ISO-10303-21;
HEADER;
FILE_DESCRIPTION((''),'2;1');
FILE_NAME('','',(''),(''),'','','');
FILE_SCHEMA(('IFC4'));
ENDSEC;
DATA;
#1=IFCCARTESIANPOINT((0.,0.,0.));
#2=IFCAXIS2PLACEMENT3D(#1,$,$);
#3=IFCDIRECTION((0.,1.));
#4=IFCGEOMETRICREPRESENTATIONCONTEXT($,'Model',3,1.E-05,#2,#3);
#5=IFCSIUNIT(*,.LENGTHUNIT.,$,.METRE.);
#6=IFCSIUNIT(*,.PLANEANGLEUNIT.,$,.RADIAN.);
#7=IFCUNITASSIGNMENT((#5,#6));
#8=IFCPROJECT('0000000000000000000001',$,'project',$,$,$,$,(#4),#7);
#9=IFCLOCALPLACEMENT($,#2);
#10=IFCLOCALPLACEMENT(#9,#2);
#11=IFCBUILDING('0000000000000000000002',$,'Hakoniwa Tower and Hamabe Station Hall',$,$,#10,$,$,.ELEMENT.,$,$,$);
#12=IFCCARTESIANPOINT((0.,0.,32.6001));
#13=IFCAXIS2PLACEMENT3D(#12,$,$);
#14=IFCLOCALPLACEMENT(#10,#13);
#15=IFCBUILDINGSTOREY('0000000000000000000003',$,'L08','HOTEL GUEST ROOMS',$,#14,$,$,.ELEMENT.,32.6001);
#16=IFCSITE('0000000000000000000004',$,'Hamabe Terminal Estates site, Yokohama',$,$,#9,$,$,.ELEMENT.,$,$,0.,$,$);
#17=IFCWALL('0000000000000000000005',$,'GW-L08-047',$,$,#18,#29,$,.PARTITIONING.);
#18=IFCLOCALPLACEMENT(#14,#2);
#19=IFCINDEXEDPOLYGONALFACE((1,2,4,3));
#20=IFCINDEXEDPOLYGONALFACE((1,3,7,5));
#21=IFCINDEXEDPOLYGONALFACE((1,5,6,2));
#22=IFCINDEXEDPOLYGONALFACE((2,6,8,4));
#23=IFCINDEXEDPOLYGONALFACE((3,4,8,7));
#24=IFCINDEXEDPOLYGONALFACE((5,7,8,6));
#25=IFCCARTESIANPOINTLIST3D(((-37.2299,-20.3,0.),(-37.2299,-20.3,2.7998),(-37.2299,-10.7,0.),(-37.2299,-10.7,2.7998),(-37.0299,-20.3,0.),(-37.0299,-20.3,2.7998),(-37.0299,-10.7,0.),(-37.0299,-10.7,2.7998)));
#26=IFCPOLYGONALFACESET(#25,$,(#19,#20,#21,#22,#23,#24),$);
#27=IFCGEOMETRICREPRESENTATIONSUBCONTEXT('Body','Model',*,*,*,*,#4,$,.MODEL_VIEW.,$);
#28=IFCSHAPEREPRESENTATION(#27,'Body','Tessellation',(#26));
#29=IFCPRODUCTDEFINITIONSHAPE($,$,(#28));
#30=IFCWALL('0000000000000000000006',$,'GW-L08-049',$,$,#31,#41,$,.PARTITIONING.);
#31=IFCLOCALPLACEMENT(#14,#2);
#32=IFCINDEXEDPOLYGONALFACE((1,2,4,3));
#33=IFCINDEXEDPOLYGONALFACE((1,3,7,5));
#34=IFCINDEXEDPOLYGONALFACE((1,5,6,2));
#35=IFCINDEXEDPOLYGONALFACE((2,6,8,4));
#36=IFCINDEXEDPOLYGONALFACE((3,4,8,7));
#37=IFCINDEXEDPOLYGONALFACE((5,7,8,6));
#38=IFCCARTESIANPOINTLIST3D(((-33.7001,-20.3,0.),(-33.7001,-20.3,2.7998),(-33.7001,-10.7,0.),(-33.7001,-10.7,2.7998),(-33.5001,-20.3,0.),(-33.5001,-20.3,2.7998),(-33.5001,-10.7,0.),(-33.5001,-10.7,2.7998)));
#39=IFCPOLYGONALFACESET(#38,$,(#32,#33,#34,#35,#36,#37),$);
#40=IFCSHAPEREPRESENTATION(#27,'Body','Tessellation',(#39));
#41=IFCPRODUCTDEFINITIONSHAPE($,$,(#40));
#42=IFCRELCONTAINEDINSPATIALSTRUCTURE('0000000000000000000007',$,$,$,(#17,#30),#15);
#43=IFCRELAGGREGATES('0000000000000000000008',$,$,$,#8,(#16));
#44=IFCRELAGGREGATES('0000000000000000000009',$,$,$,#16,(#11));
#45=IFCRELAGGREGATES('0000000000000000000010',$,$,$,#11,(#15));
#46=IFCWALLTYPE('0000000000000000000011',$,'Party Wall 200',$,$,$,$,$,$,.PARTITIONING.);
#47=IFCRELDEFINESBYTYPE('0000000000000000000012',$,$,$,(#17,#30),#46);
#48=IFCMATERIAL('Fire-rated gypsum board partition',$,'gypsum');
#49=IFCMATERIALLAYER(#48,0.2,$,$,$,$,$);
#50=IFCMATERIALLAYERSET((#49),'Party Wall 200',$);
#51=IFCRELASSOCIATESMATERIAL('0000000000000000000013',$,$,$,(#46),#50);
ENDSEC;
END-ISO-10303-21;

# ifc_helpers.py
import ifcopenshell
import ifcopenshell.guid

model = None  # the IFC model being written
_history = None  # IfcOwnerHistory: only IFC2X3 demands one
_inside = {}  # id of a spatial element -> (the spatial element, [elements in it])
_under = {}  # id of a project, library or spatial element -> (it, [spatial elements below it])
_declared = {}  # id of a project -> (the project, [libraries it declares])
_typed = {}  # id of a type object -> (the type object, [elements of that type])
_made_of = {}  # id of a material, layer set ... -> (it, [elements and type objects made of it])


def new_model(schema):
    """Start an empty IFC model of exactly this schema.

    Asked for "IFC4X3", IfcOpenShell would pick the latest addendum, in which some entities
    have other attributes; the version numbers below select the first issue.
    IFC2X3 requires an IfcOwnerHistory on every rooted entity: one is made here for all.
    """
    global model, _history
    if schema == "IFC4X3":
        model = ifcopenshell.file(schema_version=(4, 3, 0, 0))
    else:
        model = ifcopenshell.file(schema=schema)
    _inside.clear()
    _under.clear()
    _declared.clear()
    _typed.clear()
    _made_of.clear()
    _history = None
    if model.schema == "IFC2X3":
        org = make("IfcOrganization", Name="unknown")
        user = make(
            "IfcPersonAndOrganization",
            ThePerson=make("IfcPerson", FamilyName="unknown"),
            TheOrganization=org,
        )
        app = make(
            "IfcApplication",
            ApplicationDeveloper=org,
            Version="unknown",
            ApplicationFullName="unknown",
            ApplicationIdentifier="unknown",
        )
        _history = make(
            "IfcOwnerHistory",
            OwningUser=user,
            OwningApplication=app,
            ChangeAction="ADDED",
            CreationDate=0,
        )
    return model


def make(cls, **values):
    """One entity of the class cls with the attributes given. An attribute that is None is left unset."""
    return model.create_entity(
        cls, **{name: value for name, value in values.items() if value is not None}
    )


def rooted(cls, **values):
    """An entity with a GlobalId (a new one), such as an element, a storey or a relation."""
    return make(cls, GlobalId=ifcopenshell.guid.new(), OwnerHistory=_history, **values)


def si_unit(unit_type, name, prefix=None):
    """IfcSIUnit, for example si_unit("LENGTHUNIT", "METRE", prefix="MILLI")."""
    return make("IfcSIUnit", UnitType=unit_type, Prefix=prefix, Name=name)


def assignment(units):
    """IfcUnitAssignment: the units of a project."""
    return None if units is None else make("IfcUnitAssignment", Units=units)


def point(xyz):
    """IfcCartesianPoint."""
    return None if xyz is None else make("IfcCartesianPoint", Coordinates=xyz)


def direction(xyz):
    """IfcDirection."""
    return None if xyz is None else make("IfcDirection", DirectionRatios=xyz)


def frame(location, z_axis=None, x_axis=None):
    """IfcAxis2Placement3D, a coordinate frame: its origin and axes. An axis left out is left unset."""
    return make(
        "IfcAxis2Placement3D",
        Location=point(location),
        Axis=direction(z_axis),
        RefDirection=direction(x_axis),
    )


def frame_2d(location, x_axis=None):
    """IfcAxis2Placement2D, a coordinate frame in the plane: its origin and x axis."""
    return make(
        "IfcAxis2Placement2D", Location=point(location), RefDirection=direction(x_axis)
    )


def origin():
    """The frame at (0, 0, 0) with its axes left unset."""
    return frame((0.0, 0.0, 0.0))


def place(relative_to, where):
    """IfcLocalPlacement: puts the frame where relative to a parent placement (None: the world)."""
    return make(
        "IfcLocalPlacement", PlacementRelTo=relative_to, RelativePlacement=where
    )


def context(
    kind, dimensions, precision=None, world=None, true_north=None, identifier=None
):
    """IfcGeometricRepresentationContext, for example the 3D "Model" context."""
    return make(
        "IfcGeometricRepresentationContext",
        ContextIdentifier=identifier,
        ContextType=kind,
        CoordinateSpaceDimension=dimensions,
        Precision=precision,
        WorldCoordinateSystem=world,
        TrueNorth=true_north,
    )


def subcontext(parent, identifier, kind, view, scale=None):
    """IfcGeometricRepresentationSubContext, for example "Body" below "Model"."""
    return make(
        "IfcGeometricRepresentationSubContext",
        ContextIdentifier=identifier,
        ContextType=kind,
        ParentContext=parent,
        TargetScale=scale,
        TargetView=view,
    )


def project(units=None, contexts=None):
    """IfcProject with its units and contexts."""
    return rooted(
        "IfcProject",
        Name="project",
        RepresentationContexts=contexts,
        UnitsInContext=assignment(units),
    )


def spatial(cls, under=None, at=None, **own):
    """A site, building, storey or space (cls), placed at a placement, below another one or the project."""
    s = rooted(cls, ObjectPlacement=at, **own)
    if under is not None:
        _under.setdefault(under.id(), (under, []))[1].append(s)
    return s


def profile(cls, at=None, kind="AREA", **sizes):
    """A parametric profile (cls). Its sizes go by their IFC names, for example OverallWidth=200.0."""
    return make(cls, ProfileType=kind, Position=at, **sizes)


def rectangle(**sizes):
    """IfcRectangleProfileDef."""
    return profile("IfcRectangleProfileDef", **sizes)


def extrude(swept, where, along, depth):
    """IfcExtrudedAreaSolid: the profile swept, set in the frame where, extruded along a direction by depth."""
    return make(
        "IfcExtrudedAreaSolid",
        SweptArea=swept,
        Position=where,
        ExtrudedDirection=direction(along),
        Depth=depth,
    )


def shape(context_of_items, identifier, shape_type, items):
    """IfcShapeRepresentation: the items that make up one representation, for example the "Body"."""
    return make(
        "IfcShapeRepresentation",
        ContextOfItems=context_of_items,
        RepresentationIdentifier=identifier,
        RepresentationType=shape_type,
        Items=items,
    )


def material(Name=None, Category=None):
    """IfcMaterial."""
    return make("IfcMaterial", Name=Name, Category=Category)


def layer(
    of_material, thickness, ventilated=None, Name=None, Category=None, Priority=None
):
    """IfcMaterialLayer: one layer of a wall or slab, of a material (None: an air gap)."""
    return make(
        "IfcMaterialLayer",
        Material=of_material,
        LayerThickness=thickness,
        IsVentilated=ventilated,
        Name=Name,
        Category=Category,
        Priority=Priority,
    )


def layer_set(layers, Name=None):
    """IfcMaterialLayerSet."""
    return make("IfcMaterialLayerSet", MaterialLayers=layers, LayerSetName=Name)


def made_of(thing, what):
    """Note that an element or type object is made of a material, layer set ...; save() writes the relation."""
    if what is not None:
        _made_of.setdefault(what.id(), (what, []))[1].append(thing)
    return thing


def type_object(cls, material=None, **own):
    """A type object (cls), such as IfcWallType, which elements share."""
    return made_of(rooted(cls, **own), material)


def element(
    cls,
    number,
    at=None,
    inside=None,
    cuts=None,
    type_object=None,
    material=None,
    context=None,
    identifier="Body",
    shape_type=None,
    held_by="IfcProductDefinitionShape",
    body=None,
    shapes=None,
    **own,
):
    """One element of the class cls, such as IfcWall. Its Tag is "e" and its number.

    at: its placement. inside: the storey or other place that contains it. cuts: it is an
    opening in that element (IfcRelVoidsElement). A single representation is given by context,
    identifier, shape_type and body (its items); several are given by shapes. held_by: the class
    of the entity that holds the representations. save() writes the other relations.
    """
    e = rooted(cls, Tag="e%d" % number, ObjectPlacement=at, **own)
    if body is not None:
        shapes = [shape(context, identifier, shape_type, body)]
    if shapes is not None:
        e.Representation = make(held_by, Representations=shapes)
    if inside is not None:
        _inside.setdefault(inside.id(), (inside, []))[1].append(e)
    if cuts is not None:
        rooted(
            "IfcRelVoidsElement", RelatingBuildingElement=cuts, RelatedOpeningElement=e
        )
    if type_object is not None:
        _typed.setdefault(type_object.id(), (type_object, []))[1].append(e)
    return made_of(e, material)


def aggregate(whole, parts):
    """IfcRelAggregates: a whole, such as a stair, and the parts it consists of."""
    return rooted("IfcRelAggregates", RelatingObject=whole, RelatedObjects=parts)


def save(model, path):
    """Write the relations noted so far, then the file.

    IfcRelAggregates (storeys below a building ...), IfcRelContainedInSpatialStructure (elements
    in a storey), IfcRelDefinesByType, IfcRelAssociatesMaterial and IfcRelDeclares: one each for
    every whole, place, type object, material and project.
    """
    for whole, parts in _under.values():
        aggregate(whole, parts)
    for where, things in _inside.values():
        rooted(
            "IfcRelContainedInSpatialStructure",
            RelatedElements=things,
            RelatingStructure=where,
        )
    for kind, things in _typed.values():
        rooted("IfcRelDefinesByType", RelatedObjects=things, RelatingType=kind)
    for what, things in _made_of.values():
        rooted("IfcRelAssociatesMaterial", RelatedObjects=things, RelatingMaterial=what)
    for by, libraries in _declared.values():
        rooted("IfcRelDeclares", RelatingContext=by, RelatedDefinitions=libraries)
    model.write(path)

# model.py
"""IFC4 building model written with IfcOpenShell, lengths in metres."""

from ifc_helpers import new_model, si_unit, direction, frame, frame_2d, origin, place, context, subcontext, project, spatial, rectangle, extrude, material, layer, layer_set, type_object, element, save


model = new_model("IFC4")

# Units and contexts
model_context = context("Model", 3, precision=1e-05, world=origin(), true_north=direction((0.0, 1.0)))
body_context = subcontext(model_context, "Body", "Model", "MODEL_VIEW")
ifc_project = project(units=[si_unit("LENGTHUNIT", "METRE"), si_unit("PLANEANGLEUNIT", "RADIAN")], contexts=[model_context])

# Site, building, storey
site_placement = place(None, origin())
site = spatial("IfcSite", under=ifc_project, at=site_placement, Name="Hamabe Terminal Estates site, Yokohama", CompositionType="ELEMENT", RefElevation=0.0)
building_placement = place(site_placement, origin())
building = spatial("IfcBuilding", under=site, at=building_placement, Name="Hakoniwa Tower and Hamabe Station Hall", CompositionType="ELEMENT")
storey_placement = place(building_placement, frame((0.0, 0.0, 32.6001)))
storey = spatial("IfcBuildingStorey", under=building, at=storey_placement, Name="L08", Description="HOTEL GUEST ROOMS", CompositionType="ELEMENT", Elevation=32.6001)

# Walls
ifc_material_1 = material(Name="Fire-rated gypsum board partition", Category="gypsum")
ifc_layer_1 = layer(ifc_material_1, 0.2)
ifc_layer_set_1 = layer_set([ifc_layer_1], Name="Party Wall 200")
wall_type_1 = type_object("IfcWallType", Name="Party Wall 200", PredefinedType="PARTITIONING", material=ifc_layer_set_1)
for number, where, z_axis, x_axis, name in (
    (1, (-37.1299, -20.3, 0.0), (0.0, 0.0, 1.0), (0.0, 1.0, 0.0), "GW-L08-047"),
    (2, (-33.6001, -20.3, 0.0), (0.0, 0.0, 1.0), (0.0, 1.0, 0.0), "GW-L08-049"),
):
    element("IfcWall", number, at=place(storey_placement, frame(where, z_axis=z_axis, x_axis=x_axis)), inside=storey, type_object=wall_type_1, Name=name, PredefinedType="PARTITIONING", context=body_context, shape_type="SweptSolid", body=[
        extrude(rectangle(XDim=9.6001, YDim=0.2, at=frame_2d((4.8, 0.0))), origin(), (0.0, 0.0, 1.0), 2.7998),
    ])

save(model, "model.ifc")
